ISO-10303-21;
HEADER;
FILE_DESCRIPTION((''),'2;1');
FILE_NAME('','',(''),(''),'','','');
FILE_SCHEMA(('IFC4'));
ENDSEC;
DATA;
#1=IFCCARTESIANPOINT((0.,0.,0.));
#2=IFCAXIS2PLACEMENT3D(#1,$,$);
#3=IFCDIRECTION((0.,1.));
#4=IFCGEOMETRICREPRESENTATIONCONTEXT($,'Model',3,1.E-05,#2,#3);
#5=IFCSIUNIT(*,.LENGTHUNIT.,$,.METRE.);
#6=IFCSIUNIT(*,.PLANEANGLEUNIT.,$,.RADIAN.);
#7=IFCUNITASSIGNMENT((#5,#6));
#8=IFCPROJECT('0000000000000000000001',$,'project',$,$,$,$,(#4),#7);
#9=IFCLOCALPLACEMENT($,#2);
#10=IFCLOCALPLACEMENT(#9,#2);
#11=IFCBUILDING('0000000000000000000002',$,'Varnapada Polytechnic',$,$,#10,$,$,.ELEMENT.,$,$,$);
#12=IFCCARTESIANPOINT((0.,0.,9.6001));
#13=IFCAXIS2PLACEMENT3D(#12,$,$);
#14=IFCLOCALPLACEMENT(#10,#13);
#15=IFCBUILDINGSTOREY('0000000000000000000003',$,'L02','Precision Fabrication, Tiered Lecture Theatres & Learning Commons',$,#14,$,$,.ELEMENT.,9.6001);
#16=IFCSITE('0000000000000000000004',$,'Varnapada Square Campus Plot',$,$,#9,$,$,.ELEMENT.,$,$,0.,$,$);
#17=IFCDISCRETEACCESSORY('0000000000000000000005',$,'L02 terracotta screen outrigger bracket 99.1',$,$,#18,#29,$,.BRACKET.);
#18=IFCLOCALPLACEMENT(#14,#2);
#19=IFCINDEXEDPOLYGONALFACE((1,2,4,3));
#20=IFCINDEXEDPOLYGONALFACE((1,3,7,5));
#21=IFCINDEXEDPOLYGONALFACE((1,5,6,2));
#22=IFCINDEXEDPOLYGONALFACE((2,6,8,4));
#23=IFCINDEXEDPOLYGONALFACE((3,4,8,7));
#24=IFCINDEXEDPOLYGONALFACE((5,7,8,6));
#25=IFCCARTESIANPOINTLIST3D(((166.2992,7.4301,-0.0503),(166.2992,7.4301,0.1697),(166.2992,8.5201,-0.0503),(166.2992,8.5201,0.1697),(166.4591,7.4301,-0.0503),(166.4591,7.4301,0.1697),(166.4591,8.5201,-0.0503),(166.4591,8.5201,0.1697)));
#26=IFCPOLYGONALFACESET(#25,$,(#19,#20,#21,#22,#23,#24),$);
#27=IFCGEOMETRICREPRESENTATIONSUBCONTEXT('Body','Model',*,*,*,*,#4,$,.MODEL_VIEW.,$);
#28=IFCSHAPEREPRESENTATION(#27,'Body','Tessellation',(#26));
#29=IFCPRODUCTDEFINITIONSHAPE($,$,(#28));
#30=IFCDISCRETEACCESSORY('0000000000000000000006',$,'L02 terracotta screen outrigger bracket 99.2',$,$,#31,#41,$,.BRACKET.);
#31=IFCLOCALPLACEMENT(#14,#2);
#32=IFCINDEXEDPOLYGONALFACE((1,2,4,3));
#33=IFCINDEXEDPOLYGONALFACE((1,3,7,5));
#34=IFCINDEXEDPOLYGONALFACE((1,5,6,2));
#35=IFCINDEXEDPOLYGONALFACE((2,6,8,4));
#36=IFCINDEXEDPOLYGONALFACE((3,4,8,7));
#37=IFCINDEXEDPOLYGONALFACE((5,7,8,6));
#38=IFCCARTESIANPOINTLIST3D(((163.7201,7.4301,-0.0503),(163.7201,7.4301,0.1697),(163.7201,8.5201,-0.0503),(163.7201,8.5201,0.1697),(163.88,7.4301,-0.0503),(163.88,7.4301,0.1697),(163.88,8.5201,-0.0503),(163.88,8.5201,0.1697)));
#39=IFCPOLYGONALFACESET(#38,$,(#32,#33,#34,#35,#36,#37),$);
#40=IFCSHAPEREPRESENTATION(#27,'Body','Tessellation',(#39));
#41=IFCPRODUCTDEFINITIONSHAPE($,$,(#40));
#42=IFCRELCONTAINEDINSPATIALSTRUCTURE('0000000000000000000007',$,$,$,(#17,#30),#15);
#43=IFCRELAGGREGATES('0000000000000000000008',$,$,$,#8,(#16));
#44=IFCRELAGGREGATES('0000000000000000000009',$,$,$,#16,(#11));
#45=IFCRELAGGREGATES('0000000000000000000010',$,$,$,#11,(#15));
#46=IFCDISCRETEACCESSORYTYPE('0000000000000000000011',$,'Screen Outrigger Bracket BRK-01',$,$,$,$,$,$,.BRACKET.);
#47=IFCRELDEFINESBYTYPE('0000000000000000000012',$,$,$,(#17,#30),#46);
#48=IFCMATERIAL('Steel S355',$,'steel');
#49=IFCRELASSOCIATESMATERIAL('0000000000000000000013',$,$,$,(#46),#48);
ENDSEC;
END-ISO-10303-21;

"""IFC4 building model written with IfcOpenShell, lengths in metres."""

from ifc_helpers import new_model, si_unit, direction, frame, origin, origin_2d, place, context, subcontext, project, spatial, rectangle, extrude, material, type_object, element, save


model = new_model("IFC4")

# Units and contexts
model_context = context("Model", 3, precision=1e-05, world=origin(), true_north=direction((0.0, 1.0)))
body_context = subcontext(model_context, "Body", "Model", "MODEL_VIEW")
ifc_project = project(units=[si_unit("LENGTHUNIT", "METRE"), si_unit("PLANEANGLEUNIT", "RADIAN")], contexts=[model_context])

# Site, building, storey
site_placement = place(None, origin())
site = spatial("IfcSite", under=ifc_project, at=site_placement, Name="Varnapada Square Campus Plot", CompositionType="ELEMENT", RefElevation=0.0)
building_placement = place(site_placement, origin())
building = spatial("IfcBuilding", under=site, at=building_placement, Name="Varnapada Polytechnic", CompositionType="ELEMENT")
storey_placement = place(building_placement, frame((0.0, 0.0, 9.6001)))
storey = spatial("IfcBuildingStorey", under=building, at=storey_placement, Name="L02", Description="Precision Fabrication, Tiered Lecture Theatres & Learning Commons", CompositionType="ELEMENT", Elevation=9.6001)

# Discrete accessories
ifc_material_1 = material(Name="Steel S355", Category="steel")
discrete_accessory_type = type_object("IfcDiscreteAccessoryType", Name="Screen Outrigger Bracket BRK-01", PredefinedType="BRACKET", material=ifc_material_1)
for number, where, z_axis, x_axis, name in (
    (1, (166.3792, 7.9751, -0.0503), (0.0, 0.0, 1.0), (-1.0, 0.0, 0.0), "L02 terracotta screen outrigger bracket 99.1"),
    (2, (163.8, 7.9751, -0.0503), (0.0, 0.0, 1.0), (-1.0, 0.0, 0.0), "L02 terracotta screen outrigger bracket 99.2"),
):
    element("IfcDiscreteAccessory", number, at=place(storey_placement, frame(where, z_axis=z_axis, x_axis=x_axis)), inside=storey, type_object=discrete_accessory_type, Name=name, PredefinedType="BRACKET", context=body_context, shape_type="SweptSolid", body=[
        extrude(rectangle(XDim=0.1599, YDim=1.0901, at=origin_2d()), origin(), (0.0, 0.0, 1.0), 0.22),
    ])

save(model, "model.ifc")
